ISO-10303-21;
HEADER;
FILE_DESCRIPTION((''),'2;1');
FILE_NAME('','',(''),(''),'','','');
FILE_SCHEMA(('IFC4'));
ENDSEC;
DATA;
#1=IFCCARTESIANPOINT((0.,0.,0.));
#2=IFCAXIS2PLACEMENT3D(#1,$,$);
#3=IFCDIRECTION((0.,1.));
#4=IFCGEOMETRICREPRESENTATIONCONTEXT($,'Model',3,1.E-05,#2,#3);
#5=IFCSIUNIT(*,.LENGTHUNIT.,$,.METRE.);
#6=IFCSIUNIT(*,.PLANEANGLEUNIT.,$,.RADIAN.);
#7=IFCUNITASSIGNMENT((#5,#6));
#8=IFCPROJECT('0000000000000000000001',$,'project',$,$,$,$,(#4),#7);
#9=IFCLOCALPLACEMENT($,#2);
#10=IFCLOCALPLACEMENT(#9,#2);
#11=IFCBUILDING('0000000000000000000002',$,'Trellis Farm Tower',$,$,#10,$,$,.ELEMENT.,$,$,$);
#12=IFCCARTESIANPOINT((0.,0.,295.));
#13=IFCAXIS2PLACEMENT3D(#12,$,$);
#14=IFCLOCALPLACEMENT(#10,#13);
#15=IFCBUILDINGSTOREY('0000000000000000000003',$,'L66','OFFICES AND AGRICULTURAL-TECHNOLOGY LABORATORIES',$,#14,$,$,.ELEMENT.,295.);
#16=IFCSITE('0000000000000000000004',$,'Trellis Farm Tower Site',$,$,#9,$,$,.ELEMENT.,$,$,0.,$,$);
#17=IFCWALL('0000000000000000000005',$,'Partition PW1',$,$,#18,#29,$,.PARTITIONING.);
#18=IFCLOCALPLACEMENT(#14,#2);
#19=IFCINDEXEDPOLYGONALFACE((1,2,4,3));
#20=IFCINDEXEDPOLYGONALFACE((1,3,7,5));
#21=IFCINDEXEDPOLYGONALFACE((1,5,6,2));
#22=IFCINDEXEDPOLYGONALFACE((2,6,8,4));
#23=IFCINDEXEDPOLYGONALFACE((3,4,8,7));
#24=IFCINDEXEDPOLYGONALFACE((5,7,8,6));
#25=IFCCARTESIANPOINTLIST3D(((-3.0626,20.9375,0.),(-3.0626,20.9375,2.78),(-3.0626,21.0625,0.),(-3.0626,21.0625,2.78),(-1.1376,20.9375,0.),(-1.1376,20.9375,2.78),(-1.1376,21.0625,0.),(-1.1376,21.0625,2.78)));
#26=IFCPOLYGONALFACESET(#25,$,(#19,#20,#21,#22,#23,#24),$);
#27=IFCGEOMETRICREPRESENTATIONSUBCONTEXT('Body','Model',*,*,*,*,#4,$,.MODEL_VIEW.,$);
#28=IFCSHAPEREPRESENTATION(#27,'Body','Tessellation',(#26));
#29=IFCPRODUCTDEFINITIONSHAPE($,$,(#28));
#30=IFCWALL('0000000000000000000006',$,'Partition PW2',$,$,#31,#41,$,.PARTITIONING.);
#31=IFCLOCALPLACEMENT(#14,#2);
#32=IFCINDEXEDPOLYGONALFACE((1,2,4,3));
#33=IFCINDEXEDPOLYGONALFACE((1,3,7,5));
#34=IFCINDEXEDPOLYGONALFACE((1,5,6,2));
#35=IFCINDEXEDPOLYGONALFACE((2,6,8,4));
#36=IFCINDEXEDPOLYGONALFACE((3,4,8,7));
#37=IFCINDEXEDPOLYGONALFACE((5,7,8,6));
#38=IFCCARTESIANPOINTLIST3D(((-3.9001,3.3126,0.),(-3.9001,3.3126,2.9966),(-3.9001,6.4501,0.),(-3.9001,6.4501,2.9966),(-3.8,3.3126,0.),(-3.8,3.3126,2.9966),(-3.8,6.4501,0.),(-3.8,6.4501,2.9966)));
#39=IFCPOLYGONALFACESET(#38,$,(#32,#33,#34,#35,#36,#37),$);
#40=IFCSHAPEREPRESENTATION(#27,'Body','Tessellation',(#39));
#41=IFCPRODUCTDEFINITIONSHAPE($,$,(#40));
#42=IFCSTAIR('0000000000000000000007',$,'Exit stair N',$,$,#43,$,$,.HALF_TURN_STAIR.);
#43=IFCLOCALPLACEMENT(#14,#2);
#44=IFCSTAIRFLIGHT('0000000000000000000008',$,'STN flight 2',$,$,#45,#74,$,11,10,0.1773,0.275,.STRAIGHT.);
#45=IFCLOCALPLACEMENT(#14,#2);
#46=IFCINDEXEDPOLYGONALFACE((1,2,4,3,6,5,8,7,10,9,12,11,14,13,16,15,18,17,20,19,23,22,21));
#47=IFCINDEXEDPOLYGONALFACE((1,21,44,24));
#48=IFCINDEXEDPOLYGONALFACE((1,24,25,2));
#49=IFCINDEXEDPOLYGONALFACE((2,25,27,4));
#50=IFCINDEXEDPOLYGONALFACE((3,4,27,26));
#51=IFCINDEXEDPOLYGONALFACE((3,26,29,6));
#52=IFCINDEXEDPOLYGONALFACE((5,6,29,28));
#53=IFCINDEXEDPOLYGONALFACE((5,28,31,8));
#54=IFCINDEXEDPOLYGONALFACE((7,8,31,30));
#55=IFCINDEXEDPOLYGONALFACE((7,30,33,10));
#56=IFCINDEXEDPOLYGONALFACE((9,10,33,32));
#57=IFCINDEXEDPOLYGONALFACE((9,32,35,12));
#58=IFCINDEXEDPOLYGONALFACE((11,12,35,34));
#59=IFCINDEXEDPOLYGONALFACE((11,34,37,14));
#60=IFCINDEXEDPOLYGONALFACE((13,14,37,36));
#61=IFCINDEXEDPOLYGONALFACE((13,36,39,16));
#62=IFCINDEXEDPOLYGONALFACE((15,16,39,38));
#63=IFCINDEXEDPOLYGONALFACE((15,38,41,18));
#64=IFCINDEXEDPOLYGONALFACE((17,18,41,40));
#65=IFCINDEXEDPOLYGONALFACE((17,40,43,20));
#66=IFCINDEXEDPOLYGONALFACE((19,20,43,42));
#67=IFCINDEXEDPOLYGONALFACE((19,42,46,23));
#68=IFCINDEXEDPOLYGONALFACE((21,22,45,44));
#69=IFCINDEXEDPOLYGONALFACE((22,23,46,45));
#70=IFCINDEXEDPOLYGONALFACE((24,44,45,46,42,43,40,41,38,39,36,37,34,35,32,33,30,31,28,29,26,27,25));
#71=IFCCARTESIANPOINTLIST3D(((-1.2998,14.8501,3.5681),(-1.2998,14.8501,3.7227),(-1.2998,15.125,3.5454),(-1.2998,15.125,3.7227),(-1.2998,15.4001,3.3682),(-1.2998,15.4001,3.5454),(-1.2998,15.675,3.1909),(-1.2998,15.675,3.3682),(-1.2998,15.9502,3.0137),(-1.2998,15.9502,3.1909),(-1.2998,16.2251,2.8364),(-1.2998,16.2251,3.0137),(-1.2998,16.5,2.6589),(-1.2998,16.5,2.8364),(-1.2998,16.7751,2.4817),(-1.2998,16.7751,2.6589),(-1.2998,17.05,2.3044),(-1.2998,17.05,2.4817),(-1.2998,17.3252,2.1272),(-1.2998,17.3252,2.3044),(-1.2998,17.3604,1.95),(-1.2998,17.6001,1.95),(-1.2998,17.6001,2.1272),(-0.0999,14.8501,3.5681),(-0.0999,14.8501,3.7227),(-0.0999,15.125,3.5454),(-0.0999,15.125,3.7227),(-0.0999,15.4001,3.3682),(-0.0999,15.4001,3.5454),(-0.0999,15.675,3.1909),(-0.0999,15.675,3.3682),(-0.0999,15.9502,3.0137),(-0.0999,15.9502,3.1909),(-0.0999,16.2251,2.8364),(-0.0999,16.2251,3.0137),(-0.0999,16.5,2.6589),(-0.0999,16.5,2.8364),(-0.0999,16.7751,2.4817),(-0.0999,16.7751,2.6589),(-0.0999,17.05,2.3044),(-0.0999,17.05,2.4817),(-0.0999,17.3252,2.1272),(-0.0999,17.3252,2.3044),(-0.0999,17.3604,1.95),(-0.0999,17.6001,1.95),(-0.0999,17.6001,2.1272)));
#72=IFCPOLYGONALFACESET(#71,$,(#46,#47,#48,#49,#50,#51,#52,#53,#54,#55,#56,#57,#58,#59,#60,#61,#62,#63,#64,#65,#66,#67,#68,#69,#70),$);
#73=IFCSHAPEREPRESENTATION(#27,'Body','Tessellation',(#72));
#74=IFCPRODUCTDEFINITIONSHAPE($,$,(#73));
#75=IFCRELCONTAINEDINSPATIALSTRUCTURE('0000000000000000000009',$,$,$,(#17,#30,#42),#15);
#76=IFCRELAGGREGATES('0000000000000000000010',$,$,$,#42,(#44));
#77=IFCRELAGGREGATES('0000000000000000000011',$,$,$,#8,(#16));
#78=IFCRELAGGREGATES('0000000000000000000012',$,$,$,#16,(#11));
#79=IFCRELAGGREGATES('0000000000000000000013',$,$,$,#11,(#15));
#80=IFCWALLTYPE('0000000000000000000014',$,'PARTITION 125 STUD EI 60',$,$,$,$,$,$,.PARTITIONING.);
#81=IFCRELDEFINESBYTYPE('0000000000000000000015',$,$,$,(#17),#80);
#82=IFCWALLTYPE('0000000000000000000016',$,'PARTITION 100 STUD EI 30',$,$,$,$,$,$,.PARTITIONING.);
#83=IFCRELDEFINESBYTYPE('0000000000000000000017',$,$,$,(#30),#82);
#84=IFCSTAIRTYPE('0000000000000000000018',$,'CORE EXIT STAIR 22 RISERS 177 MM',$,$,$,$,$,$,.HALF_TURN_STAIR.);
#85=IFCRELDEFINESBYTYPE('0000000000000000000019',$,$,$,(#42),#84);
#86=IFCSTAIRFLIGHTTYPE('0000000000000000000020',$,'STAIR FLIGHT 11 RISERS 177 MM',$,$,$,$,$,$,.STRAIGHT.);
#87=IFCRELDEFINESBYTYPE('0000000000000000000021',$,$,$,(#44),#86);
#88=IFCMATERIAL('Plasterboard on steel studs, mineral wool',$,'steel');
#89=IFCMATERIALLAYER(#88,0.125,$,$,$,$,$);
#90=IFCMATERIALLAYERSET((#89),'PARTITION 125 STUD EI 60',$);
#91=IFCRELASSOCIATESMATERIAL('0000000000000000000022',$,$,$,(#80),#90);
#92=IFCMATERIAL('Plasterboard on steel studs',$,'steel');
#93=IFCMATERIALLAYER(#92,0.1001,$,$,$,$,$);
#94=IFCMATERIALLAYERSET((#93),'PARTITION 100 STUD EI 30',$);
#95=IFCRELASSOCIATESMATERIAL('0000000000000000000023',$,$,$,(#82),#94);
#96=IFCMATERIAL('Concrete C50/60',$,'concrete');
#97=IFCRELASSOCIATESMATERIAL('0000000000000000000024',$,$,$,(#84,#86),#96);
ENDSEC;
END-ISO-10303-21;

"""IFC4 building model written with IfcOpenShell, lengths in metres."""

from ifc_helpers import new_model, si_unit, direction, frame, frame_2d, origin, place, context, subcontext, project, spatial, polyline, rectangle, outline, extrude, source, transform, mapped, material, layer, layer_set, type_object, element, aggregate, save


model = new_model("IFC4")

# Units and contexts
model_context = context("Model", 3, precision=1e-05, world=origin(), true_north=direction((0.0, 1.0)))
body_context = subcontext(model_context, "Body", "Model", "MODEL_VIEW")
ifc_project = project(units=[si_unit("LENGTHUNIT", "METRE"), si_unit("PLANEANGLEUNIT", "RADIAN")], contexts=[model_context])

# Site, building, storey
site_placement = place(None, origin())
site = spatial("IfcSite", under=ifc_project, at=site_placement, Name="Trellis Farm Tower Site", CompositionType="ELEMENT", RefElevation=0.0)
building_placement = place(site_placement, origin())
building = spatial("IfcBuilding", under=site, at=building_placement, Name="Trellis Farm Tower", CompositionType="ELEMENT")
storey_placement = place(building_placement, frame((0.0, 0.0, 295.0)))
storey = spatial("IfcBuildingStorey", under=building, at=storey_placement, Name="L66", Description="OFFICES AND AGRICULTURAL-TECHNOLOGY LABORATORIES", CompositionType="ELEMENT", Elevation=295.0)

# Shared definitions
placement = place(storey_placement, origin())

# Shared definitions
ifc_material_1 = material(Name="Concrete C50/60", Category="concrete")

# Shared definitions
ifc_material_2 = material(Name="Plasterboard on steel studs, mineral wool", Category="steel")
ifc_layer_1 = layer(ifc_material_2, 0.125)
ifc_layer_set_1 = layer_set([ifc_layer_1], Name="PARTITION 125 STUD EI 60")
wall_type_1 = type_object("IfcWallType", Name="PARTITION 125 STUD EI 60", PredefinedType="PARTITIONING", material=ifc_layer_set_1)

# Walls
shared_shape_1 = source(origin(), body_context, "Body", "SweptSolid", [
    extrude(rectangle(XDim=1.925, YDim=0.125, at=frame_2d((0.9624, 0.0))), origin(), (0.0, 0.0, 1.0), 2.78),
])
wall_1_placement = place(storey_placement, frame((-3.0625, 21.0, 0.0), z_axis=(0.0, 0.0, 1.0), x_axis=(1.0, 0.0, 0.0)))
element("IfcWall", 1, at=wall_1_placement, inside=storey, type_object=wall_type_1, Name="Partition PW1", PredefinedType="PARTITIONING", context=body_context, shape_type="MappedRepresentation", body=[
    mapped(shared_shape_1, transform((0.0, 0.0, 0.0))),
])
ifc_material_3 = material(Name="Plasterboard on steel studs", Category="steel")
ifc_layer_2 = layer(ifc_material_3, 0.1001)
ifc_layer_set_2 = layer_set([ifc_layer_2], Name="PARTITION 100 STUD EI 30")
wall_type_2 = type_object("IfcWallType", Name="PARTITION 100 STUD EI 30", PredefinedType="PARTITIONING", material=ifc_layer_set_2)
shared_shape_2 = source(origin(), body_context, "Body", "SweptSolid", [
    extrude(rectangle(XDim=3.1375, YDim=0.1001, at=frame_2d((1.5688, 0.0))), origin(), (0.0, 0.0, 1.0), 2.9966),
])
wall_2_placement = place(storey_placement, frame((-3.8501, 3.3125, 0.0), z_axis=(0.0, 0.0, 1.0), x_axis=(0.0, 1.0, 0.0)))
element("IfcWall", 2, at=wall_2_placement, inside=storey, type_object=wall_type_2, Name="Partition PW2", PredefinedType="PARTITIONING", context=body_context, shape_type="MappedRepresentation", body=[
    mapped(shared_shape_2, transform((0.0, 0.0, 0.0))),
])

# Stair, stair flight
stair_type = type_object("IfcStairType", Name="CORE EXIT STAIR 22 RISERS 177 MM", PredefinedType="HALF_TURN_STAIR", material=ifc_material_1)
stair = element("IfcStair", 3, at=placement, inside=storey, type_object=stair_type, Name="Exit stair N", PredefinedType="HALF_TURN_STAIR")
stair_flight_type = type_object("IfcStairFlightType", Name="STAIR FLIGHT 11 RISERS 177 MM", PredefinedType="STRAIGHT", material=ifc_material_1)
shared_shape_3 = source(origin(), body_context, "Body", "SweptSolid", [
    extrude(outline(polyline([(0.0, 0.0), (0.0, 0.1772), (0.2749, 0.1772), (0.2749, 0.3545), (0.55, 0.3545), (0.55, 0.5317), (0.825, 0.5317), (0.825, 0.709), (1.1001, 0.709), (1.1001, 0.8865), (1.375, 0.8865), (1.375, 1.0637), (1.6499, 1.0637), (1.6499, 1.241), (1.925, 1.241), (1.925, 1.4182), (2.2, 1.4182), (2.2, 1.5955), (2.4751, 1.5955), (2.4751, 1.7727), (2.75, 1.7727), (2.75, 1.95), (2.75, 1.6182), (0.2397, 0.0), (0.0, 0.0)])), frame((0.0, 0.6001, 0.0), z_axis=(0.0, -1.0, 0.0), x_axis=(1.0, 0.0, 0.0)), (0.0, 0.0, 1.0), 1.2),
])
stair_flight_placement = place(storey_placement, frame((-0.7, 17.6001, 1.95), z_axis=(0.0, 0.0, 1.0), x_axis=(0.0, -1.0, 0.0)))
stair_flight = element("IfcStairFlight", 4, at=stair_flight_placement, type_object=stair_flight_type, Name="STN flight 2", NumberOfRisers=11, NumberOfTreads=10, PredefinedType="STRAIGHT", RiserHeight=0.1773, TreadLength=0.275, context=body_context, shape_type="MappedRepresentation", body=[
    mapped(shared_shape_3, transform((0.0, 0.0, 0.0))),
])
aggregate(stair, [stair_flight])

save(model, "model.ifc")
